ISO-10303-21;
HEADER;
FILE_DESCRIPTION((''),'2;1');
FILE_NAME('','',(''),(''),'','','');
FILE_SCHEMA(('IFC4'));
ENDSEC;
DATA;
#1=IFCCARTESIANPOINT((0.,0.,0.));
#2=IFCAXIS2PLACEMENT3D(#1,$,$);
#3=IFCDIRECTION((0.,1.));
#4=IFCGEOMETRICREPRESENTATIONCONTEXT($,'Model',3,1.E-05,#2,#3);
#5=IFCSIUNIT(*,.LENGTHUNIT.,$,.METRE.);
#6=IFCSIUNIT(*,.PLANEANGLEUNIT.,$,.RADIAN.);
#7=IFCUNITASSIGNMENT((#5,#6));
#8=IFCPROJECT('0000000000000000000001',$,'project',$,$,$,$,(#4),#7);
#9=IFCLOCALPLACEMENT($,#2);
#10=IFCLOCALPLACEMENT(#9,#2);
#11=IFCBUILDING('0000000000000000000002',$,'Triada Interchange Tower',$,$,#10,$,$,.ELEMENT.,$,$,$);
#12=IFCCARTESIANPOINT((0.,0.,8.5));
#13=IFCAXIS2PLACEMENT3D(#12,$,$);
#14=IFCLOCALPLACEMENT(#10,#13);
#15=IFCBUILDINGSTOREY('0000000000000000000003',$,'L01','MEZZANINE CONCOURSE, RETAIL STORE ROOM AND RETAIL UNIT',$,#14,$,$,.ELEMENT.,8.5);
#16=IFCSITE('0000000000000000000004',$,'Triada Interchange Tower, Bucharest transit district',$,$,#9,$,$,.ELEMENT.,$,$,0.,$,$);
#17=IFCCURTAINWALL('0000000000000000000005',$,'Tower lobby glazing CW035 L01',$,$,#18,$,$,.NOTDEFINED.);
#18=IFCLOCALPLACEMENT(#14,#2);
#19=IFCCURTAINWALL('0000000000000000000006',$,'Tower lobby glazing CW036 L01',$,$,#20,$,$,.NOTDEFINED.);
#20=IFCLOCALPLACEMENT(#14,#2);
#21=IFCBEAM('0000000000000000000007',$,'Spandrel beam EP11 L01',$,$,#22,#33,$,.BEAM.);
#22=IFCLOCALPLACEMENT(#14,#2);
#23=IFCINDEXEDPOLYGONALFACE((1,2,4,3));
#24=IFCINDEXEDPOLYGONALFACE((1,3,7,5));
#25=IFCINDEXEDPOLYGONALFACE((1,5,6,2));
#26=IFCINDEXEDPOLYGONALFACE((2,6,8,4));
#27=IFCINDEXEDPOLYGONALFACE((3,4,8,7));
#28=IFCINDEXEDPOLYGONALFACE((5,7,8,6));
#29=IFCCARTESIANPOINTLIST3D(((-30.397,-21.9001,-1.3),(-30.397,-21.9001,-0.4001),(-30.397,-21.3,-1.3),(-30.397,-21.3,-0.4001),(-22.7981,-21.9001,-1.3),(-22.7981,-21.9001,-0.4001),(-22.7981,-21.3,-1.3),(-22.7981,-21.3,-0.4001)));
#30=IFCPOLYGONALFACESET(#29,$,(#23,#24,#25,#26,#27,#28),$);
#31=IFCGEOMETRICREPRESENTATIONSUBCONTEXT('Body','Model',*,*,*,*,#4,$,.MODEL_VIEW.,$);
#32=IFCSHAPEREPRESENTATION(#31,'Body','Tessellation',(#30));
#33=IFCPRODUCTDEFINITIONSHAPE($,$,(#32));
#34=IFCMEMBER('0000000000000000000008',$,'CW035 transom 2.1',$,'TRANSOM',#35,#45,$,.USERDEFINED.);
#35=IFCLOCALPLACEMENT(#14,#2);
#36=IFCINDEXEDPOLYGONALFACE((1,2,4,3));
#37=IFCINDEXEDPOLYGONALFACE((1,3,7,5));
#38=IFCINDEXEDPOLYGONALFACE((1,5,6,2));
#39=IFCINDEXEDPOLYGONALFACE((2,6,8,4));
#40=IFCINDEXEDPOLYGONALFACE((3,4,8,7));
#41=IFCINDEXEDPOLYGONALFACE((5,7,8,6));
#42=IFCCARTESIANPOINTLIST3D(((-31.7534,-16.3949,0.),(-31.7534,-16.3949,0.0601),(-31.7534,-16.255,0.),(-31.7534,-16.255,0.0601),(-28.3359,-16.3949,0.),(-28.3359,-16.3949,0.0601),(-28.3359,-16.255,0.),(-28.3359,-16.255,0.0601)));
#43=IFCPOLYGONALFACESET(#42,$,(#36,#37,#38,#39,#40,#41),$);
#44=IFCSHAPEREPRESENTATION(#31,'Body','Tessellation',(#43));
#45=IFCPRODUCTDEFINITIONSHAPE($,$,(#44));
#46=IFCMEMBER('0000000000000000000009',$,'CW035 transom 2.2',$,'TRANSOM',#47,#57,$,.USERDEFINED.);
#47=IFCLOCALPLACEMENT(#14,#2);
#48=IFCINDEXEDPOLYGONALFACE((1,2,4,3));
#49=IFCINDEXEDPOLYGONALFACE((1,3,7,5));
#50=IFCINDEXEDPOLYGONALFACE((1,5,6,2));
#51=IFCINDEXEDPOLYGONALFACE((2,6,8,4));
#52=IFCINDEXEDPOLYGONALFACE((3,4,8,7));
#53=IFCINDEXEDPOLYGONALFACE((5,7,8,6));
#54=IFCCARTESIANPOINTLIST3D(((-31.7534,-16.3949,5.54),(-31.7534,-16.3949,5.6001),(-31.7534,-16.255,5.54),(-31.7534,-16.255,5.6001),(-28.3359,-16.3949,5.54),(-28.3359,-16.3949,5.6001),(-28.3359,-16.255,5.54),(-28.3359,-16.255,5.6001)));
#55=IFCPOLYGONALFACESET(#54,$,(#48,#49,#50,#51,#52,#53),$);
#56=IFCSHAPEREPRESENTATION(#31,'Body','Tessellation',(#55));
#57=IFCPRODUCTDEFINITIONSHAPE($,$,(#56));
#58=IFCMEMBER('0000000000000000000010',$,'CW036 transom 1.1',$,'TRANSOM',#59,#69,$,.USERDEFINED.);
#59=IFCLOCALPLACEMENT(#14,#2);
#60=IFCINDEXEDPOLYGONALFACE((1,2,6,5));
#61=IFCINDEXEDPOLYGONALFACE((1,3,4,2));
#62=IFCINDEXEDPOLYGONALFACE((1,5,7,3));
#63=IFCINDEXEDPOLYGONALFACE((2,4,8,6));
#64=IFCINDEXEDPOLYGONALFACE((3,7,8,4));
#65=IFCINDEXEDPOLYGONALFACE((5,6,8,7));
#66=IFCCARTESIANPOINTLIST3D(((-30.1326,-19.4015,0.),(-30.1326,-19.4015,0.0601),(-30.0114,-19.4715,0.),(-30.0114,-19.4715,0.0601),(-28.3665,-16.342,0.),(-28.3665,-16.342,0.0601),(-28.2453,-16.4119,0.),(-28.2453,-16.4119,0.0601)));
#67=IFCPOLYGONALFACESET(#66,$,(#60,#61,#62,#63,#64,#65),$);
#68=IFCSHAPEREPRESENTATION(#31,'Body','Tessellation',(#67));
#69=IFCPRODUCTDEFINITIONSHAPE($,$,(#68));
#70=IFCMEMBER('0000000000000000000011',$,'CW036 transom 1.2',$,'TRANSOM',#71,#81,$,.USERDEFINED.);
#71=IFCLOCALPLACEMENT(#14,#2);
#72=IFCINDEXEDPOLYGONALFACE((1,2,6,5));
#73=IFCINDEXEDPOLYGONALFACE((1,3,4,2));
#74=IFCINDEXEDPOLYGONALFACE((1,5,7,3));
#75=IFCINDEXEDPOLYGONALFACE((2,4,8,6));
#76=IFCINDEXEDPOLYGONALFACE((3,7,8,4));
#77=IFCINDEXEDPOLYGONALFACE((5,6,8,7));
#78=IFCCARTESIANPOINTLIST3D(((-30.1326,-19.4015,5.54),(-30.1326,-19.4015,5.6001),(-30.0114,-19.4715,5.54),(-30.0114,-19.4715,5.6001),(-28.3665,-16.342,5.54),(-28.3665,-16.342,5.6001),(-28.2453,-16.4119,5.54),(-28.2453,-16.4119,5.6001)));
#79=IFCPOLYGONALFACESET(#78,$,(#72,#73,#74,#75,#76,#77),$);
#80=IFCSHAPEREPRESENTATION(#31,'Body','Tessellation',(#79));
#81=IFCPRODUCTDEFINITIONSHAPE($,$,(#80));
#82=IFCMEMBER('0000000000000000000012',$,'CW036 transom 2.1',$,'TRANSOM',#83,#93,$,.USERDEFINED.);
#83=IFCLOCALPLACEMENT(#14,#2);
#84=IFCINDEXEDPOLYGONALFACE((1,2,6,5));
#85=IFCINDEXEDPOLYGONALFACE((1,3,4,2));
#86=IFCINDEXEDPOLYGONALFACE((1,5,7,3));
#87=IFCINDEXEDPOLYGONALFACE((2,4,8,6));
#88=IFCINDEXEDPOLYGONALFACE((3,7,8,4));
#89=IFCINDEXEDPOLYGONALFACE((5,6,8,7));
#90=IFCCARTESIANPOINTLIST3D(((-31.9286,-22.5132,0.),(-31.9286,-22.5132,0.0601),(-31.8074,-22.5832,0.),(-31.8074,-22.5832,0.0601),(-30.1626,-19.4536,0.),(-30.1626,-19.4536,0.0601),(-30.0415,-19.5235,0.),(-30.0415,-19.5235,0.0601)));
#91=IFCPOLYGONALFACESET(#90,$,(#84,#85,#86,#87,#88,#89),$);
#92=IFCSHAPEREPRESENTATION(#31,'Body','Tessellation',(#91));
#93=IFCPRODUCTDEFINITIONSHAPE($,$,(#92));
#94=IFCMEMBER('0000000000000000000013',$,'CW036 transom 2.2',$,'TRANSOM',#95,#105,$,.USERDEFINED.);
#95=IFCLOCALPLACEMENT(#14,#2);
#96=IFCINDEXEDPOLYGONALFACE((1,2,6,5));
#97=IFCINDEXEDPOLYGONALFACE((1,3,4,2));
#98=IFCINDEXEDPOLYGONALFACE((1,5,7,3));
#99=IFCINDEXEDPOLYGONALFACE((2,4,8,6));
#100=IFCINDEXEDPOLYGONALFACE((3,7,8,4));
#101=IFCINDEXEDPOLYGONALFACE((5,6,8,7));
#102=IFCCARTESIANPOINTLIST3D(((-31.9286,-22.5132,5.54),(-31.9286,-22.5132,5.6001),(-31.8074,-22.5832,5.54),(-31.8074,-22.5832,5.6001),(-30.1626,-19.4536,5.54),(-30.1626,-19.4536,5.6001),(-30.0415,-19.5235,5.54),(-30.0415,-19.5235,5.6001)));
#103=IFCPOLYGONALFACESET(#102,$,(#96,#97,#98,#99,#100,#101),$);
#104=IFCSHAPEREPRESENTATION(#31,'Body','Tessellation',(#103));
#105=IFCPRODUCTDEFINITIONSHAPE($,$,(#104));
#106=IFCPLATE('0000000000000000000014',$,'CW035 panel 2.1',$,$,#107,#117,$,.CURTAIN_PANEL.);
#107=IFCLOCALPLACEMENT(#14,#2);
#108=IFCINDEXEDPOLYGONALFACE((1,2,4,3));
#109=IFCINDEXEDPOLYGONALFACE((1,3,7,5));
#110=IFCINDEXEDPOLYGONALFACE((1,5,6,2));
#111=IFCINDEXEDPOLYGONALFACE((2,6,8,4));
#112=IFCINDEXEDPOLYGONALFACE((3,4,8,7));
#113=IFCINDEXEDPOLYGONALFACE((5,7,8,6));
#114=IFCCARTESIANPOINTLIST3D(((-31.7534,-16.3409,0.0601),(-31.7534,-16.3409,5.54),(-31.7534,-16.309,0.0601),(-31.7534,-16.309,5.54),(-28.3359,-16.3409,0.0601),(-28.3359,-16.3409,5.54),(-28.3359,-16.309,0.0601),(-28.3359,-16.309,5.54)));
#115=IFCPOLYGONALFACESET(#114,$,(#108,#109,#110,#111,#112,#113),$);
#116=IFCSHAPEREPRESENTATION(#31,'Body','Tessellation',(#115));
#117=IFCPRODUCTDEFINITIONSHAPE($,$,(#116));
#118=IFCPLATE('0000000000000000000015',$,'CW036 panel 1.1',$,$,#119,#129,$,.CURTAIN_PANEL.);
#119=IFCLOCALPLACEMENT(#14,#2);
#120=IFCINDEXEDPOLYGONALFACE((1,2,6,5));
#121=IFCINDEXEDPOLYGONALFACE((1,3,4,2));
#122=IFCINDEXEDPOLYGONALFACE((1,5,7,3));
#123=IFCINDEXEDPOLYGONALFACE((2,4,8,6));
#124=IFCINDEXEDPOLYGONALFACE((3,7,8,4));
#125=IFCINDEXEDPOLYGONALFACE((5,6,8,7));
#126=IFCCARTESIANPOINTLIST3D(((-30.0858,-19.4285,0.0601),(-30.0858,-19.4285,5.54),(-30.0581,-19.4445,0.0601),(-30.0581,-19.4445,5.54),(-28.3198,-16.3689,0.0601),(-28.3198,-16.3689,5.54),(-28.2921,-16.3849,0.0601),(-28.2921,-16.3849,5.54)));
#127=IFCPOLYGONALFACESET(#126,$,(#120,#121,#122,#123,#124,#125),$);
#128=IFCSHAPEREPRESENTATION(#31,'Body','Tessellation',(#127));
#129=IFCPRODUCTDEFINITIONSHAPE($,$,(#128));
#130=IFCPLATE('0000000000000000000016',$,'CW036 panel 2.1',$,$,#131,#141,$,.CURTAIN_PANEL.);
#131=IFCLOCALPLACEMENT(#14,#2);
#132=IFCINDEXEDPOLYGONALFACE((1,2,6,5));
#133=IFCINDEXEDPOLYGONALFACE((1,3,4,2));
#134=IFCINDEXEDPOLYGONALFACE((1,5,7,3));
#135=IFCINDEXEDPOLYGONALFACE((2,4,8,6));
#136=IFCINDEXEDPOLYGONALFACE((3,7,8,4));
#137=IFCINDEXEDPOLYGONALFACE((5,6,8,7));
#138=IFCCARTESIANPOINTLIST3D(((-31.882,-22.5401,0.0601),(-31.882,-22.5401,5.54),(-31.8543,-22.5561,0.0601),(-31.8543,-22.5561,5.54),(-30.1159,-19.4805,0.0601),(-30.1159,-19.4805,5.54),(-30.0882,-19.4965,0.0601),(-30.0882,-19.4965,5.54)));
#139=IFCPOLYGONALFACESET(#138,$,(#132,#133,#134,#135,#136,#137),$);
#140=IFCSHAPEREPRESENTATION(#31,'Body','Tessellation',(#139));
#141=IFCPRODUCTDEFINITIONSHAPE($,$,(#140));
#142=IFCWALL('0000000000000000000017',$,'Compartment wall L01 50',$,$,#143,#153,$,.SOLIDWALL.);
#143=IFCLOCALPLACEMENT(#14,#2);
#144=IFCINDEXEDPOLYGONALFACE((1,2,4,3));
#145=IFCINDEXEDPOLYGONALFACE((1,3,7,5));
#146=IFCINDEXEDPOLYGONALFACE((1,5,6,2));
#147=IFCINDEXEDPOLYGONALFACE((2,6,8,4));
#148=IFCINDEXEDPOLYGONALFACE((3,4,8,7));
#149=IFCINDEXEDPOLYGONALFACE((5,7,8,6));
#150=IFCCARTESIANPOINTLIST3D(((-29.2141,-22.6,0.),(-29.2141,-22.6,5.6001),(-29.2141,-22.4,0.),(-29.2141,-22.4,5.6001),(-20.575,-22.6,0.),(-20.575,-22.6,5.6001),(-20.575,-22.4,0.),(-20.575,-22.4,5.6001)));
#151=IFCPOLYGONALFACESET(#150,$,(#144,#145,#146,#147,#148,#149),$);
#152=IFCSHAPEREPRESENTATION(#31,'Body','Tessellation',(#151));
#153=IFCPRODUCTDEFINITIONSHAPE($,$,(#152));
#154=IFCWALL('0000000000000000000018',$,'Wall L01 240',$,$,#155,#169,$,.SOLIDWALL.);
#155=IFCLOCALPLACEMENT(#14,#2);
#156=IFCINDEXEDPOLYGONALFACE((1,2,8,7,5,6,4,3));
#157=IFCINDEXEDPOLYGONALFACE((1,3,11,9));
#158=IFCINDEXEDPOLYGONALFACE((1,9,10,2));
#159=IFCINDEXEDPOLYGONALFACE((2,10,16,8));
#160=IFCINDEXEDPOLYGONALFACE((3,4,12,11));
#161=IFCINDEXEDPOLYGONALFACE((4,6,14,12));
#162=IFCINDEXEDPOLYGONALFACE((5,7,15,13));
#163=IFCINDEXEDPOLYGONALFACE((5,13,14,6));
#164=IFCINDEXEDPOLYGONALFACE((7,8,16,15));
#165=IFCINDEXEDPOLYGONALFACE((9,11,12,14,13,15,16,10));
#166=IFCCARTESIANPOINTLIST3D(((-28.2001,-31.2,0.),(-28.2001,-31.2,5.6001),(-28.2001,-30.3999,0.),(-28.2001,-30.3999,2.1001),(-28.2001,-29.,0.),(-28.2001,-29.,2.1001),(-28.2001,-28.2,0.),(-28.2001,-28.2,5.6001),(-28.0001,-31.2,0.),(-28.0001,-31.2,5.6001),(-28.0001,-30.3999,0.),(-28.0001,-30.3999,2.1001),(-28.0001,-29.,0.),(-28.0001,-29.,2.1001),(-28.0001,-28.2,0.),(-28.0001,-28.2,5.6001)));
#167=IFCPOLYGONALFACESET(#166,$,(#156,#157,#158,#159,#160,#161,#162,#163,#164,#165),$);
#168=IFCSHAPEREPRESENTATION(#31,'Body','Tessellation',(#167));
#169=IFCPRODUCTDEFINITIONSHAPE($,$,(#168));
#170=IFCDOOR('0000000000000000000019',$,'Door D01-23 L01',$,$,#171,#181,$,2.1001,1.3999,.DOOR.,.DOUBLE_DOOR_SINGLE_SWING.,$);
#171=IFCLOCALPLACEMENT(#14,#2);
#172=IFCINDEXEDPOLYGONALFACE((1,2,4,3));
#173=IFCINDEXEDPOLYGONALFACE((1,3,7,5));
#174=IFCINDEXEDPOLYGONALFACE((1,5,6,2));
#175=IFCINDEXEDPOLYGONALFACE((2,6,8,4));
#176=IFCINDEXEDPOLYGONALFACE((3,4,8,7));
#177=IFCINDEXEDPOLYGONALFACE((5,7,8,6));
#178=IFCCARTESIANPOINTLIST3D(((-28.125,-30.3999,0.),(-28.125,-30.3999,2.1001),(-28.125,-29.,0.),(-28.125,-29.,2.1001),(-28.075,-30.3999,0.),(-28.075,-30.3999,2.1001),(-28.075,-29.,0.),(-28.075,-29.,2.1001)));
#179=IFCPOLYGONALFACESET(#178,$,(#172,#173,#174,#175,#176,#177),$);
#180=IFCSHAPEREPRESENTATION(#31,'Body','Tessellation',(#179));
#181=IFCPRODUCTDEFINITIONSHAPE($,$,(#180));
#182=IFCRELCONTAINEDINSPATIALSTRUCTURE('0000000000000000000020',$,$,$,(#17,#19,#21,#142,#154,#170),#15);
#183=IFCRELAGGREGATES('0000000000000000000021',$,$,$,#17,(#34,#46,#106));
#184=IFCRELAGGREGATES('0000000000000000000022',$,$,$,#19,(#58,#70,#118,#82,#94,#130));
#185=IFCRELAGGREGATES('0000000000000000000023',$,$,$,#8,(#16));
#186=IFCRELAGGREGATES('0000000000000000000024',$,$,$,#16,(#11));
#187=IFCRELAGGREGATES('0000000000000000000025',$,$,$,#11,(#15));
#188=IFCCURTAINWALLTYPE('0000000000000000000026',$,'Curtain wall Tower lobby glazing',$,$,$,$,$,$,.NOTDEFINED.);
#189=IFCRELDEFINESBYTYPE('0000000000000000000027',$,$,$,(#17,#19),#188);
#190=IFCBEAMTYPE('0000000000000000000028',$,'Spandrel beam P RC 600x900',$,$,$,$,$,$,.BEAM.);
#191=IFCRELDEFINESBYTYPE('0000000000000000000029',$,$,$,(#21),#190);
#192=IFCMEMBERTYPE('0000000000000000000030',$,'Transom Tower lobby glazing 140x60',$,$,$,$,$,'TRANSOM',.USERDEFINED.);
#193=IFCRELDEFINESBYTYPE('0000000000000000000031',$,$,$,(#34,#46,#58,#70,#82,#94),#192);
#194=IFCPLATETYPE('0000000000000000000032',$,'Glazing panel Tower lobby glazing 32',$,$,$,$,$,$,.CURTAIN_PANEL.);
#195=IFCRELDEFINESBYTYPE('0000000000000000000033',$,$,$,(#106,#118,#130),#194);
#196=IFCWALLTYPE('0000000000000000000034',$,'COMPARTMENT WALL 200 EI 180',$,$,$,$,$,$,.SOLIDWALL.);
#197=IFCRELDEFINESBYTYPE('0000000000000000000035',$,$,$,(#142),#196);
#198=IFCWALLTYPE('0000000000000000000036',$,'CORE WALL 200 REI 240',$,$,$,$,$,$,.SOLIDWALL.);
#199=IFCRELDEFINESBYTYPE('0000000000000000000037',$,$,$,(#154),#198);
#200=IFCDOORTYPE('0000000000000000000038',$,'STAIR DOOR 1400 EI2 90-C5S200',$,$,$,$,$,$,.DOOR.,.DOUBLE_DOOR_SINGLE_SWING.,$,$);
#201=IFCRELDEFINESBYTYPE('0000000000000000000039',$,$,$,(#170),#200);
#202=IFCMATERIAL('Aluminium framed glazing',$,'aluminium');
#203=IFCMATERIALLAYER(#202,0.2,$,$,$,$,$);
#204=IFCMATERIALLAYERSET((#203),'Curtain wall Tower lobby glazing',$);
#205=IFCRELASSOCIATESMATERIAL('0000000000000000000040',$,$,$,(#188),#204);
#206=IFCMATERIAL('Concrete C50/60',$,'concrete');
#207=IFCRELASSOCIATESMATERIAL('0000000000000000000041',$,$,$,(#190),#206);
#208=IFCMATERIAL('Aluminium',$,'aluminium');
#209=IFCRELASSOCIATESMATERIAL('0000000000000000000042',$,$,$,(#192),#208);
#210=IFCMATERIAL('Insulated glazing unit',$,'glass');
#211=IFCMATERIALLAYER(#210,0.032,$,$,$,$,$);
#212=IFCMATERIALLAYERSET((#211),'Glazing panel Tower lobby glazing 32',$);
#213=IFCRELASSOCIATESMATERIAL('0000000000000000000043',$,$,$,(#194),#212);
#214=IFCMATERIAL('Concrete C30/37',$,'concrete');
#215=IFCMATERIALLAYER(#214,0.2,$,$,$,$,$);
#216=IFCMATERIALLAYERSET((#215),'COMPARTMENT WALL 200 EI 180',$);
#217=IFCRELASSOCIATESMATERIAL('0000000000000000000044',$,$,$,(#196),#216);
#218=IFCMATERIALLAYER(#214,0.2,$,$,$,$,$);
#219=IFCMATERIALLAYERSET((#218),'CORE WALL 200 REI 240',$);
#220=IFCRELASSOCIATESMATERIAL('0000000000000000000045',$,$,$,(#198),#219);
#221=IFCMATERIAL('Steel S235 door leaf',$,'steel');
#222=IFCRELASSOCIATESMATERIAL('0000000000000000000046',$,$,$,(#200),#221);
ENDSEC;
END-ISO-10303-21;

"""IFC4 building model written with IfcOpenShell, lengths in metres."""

from ifc_helpers import new_model, si_unit, direction, frame, frame_2d, origin, origin_2d, place, context, subcontext, project, spatial, rectangle, extrude, material, layer, layer_set, material_profile, profile_set, type_object, element, fill, aggregate, save


model = new_model("IFC4")

# Units and contexts
model_context = context("Model", 3, precision=1e-05, world=origin(), true_north=direction((0.0, 1.0)))
body_context = subcontext(model_context, "Body", "Model", "MODEL_VIEW")
ifc_project = project(units=[si_unit("LENGTHUNIT", "METRE"), si_unit("PLANEANGLEUNIT", "RADIAN")], contexts=[model_context])

# Site, building, storey
site_placement = place(None, origin())
site = spatial("IfcSite", under=ifc_project, at=site_placement, Name="Triada Interchange Tower, Bucharest transit district", CompositionType="ELEMENT", RefElevation=0.0)
building_placement = place(site_placement, origin())
building = spatial("IfcBuilding", under=site, at=building_placement, Name="Triada Interchange Tower", CompositionType="ELEMENT")
storey_placement = place(building_placement, frame((0.0, 0.0, 8.5)))
storey = spatial("IfcBuildingStorey", under=building, at=storey_placement, Name="L01", Description="MEZZANINE CONCOURSE, RETAIL STORE ROOM AND RETAIL UNIT", CompositionType="ELEMENT", Elevation=8.5)

# Shared definitions
ifc_material_1 = material(Name="Concrete C50/60", Category="concrete")

# Curtain wall
ifc_material_2 = material(Name="Aluminium framed glazing", Category="aluminium")
ifc_layer_1 = layer(ifc_material_2, 0.2)
ifc_layer_set_1 = layer_set([ifc_layer_1], Name="Curtain wall Tower lobby glazing")
curtain_wall_type = type_object("IfcCurtainWallType", Name="Curtain wall Tower lobby glazing", PredefinedType="NOTDEFINED", material=ifc_layer_set_1)
curtain_wall_1_placement = place(storey_placement, origin())
curtain_wall_1 = element("IfcCurtainWall", 1, at=curtain_wall_1_placement, inside=storey, type_object=curtain_wall_type, Name="Tower lobby glazing CW035 L01", PredefinedType="NOTDEFINED")
ifc_material_3 = material(Name="Aluminium", Category="aluminium")

# Curtain wall
curtain_wall_2_placement = place(storey_placement, origin())
curtain_wall_2 = element("IfcCurtainWall", 2, at=curtain_wall_2_placement, inside=storey, type_object=curtain_wall_type, Name="Tower lobby glazing CW036 L01", PredefinedType="NOTDEFINED")

# Beam
ifc_material_profile_1 = material_profile(ifc_material_1, rectangle(XDim=0.6001, YDim=0.8999, at=origin_2d()), Name="RC 600x900")
ifc_profile_set_1 = profile_set([ifc_material_profile_1], Name="Concrete C50/60")
beam_type_1 = type_object("IfcBeamType", Name="Spandrel beam P RC 600x900", PredefinedType="BEAM", material=ifc_profile_set_1)
beam_1_placement = place(storey_placement, frame((-30.397, -21.6001, -0.8501), z_axis=(1.0, 0.0, 0.0), x_axis=(0.0, 1.0, 0.0)))
element("IfcBeam", 3, at=beam_1_placement, inside=storey, type_object=beam_type_1, Name="Spandrel beam EP11 L01", PredefinedType="BEAM", context=body_context, shape_type="SweptSolid", body=[
    extrude(rectangle(XDim=0.6001, YDim=0.8999, at=origin_2d()), origin(), (0.0, 0.0, 1.0), 7.5989),
])

# Members
ifc_material_profile_2 = material_profile(ifc_material_3, rectangle(XDim=0.1399, YDim=0.0601, at=origin_2d()), Name="Aluminium transom")
ifc_profile_set_2 = profile_set([ifc_material_profile_2], Name="Aluminium")
member_type_1 = type_object("IfcMemberType", Name="Transom Tower lobby glazing 140x60", ElementType="TRANSOM", PredefinedType="USERDEFINED", material=ifc_profile_set_2)
member_1_placement = place(storey_placement, frame((-31.7534, -16.325, 0.03), z_axis=(1.0, 0.0, 0.0), x_axis=(0.0, 1.0, 0.0)))
member_1 = element("IfcMember", 4, at=member_1_placement, type_object=member_type_1, Name="CW035 transom 2.1", ObjectType="TRANSOM", PredefinedType="USERDEFINED", context=body_context, shape_type="SweptSolid", body=[
    extrude(rectangle(XDim=0.1399, YDim=0.0601, at=origin_2d()), origin(), (0.0, 0.0, 1.0), 3.4175),
])
member_2_placement = place(storey_placement, frame((-31.7534, -16.325, 5.5701), z_axis=(1.0, 0.0, 0.0), x_axis=(0.0, 1.0, 0.0)))
member_2 = element("IfcMember", 5, at=member_2_placement, type_object=member_type_1, Name="CW035 transom 2.2", ObjectType="TRANSOM", PredefinedType="USERDEFINED", context=body_context, shape_type="SweptSolid", body=[
    extrude(rectangle(XDim=0.1399, YDim=0.0601, at=origin_2d()), origin(), (0.0, 0.0, 1.0), 3.4175),
])
member_3_placement = place(storey_placement, frame((-28.3059, -16.377, 0.03), z_axis=(-0.49993, -0.866066, 0.0), x_axis=(0.866066, -0.49993, 0.0)))
member_3 = element("IfcMember", 6, at=member_3_placement, type_object=member_type_1, Name="CW036 transom 1.1", ObjectType="TRANSOM", PredefinedType="USERDEFINED", context=body_context, shape_type="SweptSolid", body=[
    extrude(rectangle(XDim=0.1399, YDim=0.0601, at=origin_2d()), origin(), (0.0, 0.0, 1.0), 3.5327),
])
member_4_placement = place(storey_placement, frame((-28.3059, -16.377, 5.5701), z_axis=(-0.49993, -0.866066, 0.0), x_axis=(0.866066, -0.49993, 0.0)))
member_4 = element("IfcMember", 7, at=member_4_placement, type_object=member_type_1, Name="CW036 transom 1.2", ObjectType="TRANSOM", PredefinedType="USERDEFINED", context=body_context, shape_type="SweptSolid", body=[
    extrude(rectangle(XDim=0.1399, YDim=0.0601, at=origin_2d()), origin(), (0.0, 0.0, 1.0), 3.5327),
])
member_5_placement = place(storey_placement, frame((-30.1021, -19.4885, 0.03), z_axis=(-0.499878, -0.866096, 0.0), x_axis=(0.866096, -0.499878, 0.0)))
member_5 = element("IfcMember", 8, at=member_5_placement, type_object=member_type_1, Name="CW036 transom 2.1", ObjectType="TRANSOM", PredefinedType="USERDEFINED", context=body_context, shape_type="SweptSolid", body=[
    extrude(rectangle(XDim=0.1399, YDim=0.0601, at=origin_2d()), origin(), (0.0, 0.0, 1.0), 3.5327),
])
member_6_placement = place(storey_placement, frame((-30.1021, -19.4885, 5.5701), z_axis=(-0.499878, -0.866096, 0.0), x_axis=(0.866096, -0.499878, 0.0)))
member_6 = element("IfcMember", 9, at=member_6_placement, type_object=member_type_1, Name="CW036 transom 2.2", ObjectType="TRANSOM", PredefinedType="USERDEFINED", context=body_context, shape_type="SweptSolid", body=[
    extrude(rectangle(XDim=0.1399, YDim=0.0601, at=origin_2d()), origin(), (0.0, 0.0, 1.0), 3.5327),
])

# Plates
ifc_material_4 = material(Name="Insulated glazing unit", Category="glass")
ifc_layer_2 = layer(ifc_material_4, 0.032)
ifc_layer_set_2 = layer_set([ifc_layer_2], Name="Glazing panel Tower lobby glazing 32")
plate_type = type_object("IfcPlateType", Name="Glazing panel Tower lobby glazing 32", PredefinedType="CURTAIN_PANEL", material=ifc_layer_set_2)
plate_1_placement = place(storey_placement, frame((-30.0447, -16.325, 0.0601), z_axis=(0.0, 0.0, 1.0), x_axis=(1.0, 0.0, 0.0)))
plate_1 = element("IfcPlate", 10, at=plate_1_placement, type_object=plate_type, Name="CW035 panel 2.1", PredefinedType="CURTAIN_PANEL", context=body_context, shape_type="SweptSolid", body=[
    extrude(rectangle(XDim=3.4175, YDim=0.032, at=origin_2d()), origin(), (0.0, 0.0, 1.0), 5.48),
])
aggregate(curtain_wall_1, [member_1, member_2, plate_1])
plate_2_placement = place(storey_placement, frame((-29.189, -17.9067, 0.0601), z_axis=(0.0, 0.0, 1.0), x_axis=(-0.49991, -0.866078, 0.0)))
plate_2 = element("IfcPlate", 11, at=plate_2_placement, type_object=plate_type, Name="CW036 panel 1.1", PredefinedType="CURTAIN_PANEL", context=body_context, shape_type="SweptSolid", body=[
    extrude(rectangle(XDim=3.5327, YDim=0.032, at=origin_2d()), origin(), (0.0, 0.0, 1.0), 5.48),
])
plate_3_placement = place(storey_placement, frame((-30.9851, -21.0183, 0.0601), z_axis=(0.0, 0.0, 1.0), x_axis=(-0.49991, -0.866078, 0.0)))
plate_3 = element("IfcPlate", 12, at=plate_3_placement, type_object=plate_type, Name="CW036 panel 2.1", PredefinedType="CURTAIN_PANEL", context=body_context, shape_type="SweptSolid", body=[
    extrude(rectangle(XDim=3.5327, YDim=0.032, at=origin_2d()), origin(), (0.0, 0.0, 1.0), 5.48),
])
aggregate(curtain_wall_2, [member_3, member_4, plate_2, member_5, member_6, plate_3])

# Wall
ifc_material_5 = material(Name="Concrete C30/37", Category="concrete")
ifc_layer_3 = layer(ifc_material_5, 0.2)
ifc_layer_set_3 = layer_set([ifc_layer_3], Name="COMPARTMENT WALL 200 EI 180")
wall_type_1 = type_object("IfcWallType", Name="COMPARTMENT WALL 200 EI 180", PredefinedType="SOLIDWALL", material=ifc_layer_set_3)
wall_1_placement = place(storey_placement, frame((-29.2141, -22.5, 0.0), z_axis=(0.0, 0.0, 1.0), x_axis=(1.0, 0.0, 0.0)))
element("IfcWall", 13, at=wall_1_placement, inside=storey, type_object=wall_type_1, Name="Compartment wall L01 50", PredefinedType="SOLIDWALL", context=body_context, shape_type="SweptSolid", body=[
    extrude(rectangle(XDim=8.6392, YDim=0.2, at=frame_2d((4.3196, 0.0))), origin(), (0.0, 0.0, 1.0), 5.6001),
])

# Wall, opening, door
ifc_layer_4 = layer(ifc_material_5, 0.2)
ifc_layer_set_4 = layer_set([ifc_layer_4], Name="CORE WALL 200 REI 240")
wall_type_2 = type_object("IfcWallType", Name="CORE WALL 200 REI 240", PredefinedType="SOLIDWALL", material=ifc_layer_set_4)
wall_2_placement = place(storey_placement, frame((-28.1001, -31.2, 0.0), z_axis=(0.0, 0.0, 1.0), x_axis=(0.0, 1.0, 0.0)))
wall_2 = element("IfcWall", 14, at=wall_2_placement, inside=storey, type_object=wall_type_2, Name="Wall L01 240", PredefinedType="SOLIDWALL", context=body_context, shape_type="SweptSolid", body=[
    extrude(rectangle(XDim=3.0, YDim=0.2, at=frame_2d((1.5, 0.0))), origin(), (0.0, 0.0, 1.0), 5.6001),
])
opening_1_placement = place(wall_2_placement, frame((0.8, 0.0, 0.0)))
opening_1 = element("IfcOpeningElement", 15, at=opening_1_placement, cuts=wall_2, PredefinedType="OPENING", context=body_context, shape_type="SweptSolid", body=[
    extrude(rectangle(XDim=1.3999, YDim=2.1001, at=frame_2d((0.7, 1.05))), frame((0.0, 0.1099, 0.0), z_axis=(0.0, -1.0, 0.0), x_axis=(1.0, 0.0, 0.0)), (0.0, 0.0, 1.0), 0.22),
])
ifc_material_6 = material(Name="Steel S235 door leaf", Category="steel")
door_type_1 = type_object("IfcDoorType", Name="STAIR DOOR 1400 EI2 90-C5S200", OperationType="DOUBLE_DOOR_SINGLE_SWING", PredefinedType="DOOR", material=ifc_material_6)
door_1_placement = place(opening_1_placement, origin())
door_1 = element("IfcDoor", 16, at=door_1_placement, inside=storey, type_object=door_type_1, Name="Door D01-23 L01", OperationType="DOUBLE_DOOR_SINGLE_SWING", OverallHeight=2.1001, OverallWidth=1.3999, PredefinedType="DOOR", context=body_context, shape_type="SweptSolid", body=[
    extrude(rectangle(XDim=1.3999, YDim=2.1001, at=frame_2d((0.7, 1.05))), frame((0.0, 0.0249, 0.0), z_axis=(0.0, -1.0, 0.0), x_axis=(1.0, 0.0, 0.0)), (0.0, 0.0, 1.0), 0.05),
])
fill(opening_1, door_1)

save(model, "model.ifc")
